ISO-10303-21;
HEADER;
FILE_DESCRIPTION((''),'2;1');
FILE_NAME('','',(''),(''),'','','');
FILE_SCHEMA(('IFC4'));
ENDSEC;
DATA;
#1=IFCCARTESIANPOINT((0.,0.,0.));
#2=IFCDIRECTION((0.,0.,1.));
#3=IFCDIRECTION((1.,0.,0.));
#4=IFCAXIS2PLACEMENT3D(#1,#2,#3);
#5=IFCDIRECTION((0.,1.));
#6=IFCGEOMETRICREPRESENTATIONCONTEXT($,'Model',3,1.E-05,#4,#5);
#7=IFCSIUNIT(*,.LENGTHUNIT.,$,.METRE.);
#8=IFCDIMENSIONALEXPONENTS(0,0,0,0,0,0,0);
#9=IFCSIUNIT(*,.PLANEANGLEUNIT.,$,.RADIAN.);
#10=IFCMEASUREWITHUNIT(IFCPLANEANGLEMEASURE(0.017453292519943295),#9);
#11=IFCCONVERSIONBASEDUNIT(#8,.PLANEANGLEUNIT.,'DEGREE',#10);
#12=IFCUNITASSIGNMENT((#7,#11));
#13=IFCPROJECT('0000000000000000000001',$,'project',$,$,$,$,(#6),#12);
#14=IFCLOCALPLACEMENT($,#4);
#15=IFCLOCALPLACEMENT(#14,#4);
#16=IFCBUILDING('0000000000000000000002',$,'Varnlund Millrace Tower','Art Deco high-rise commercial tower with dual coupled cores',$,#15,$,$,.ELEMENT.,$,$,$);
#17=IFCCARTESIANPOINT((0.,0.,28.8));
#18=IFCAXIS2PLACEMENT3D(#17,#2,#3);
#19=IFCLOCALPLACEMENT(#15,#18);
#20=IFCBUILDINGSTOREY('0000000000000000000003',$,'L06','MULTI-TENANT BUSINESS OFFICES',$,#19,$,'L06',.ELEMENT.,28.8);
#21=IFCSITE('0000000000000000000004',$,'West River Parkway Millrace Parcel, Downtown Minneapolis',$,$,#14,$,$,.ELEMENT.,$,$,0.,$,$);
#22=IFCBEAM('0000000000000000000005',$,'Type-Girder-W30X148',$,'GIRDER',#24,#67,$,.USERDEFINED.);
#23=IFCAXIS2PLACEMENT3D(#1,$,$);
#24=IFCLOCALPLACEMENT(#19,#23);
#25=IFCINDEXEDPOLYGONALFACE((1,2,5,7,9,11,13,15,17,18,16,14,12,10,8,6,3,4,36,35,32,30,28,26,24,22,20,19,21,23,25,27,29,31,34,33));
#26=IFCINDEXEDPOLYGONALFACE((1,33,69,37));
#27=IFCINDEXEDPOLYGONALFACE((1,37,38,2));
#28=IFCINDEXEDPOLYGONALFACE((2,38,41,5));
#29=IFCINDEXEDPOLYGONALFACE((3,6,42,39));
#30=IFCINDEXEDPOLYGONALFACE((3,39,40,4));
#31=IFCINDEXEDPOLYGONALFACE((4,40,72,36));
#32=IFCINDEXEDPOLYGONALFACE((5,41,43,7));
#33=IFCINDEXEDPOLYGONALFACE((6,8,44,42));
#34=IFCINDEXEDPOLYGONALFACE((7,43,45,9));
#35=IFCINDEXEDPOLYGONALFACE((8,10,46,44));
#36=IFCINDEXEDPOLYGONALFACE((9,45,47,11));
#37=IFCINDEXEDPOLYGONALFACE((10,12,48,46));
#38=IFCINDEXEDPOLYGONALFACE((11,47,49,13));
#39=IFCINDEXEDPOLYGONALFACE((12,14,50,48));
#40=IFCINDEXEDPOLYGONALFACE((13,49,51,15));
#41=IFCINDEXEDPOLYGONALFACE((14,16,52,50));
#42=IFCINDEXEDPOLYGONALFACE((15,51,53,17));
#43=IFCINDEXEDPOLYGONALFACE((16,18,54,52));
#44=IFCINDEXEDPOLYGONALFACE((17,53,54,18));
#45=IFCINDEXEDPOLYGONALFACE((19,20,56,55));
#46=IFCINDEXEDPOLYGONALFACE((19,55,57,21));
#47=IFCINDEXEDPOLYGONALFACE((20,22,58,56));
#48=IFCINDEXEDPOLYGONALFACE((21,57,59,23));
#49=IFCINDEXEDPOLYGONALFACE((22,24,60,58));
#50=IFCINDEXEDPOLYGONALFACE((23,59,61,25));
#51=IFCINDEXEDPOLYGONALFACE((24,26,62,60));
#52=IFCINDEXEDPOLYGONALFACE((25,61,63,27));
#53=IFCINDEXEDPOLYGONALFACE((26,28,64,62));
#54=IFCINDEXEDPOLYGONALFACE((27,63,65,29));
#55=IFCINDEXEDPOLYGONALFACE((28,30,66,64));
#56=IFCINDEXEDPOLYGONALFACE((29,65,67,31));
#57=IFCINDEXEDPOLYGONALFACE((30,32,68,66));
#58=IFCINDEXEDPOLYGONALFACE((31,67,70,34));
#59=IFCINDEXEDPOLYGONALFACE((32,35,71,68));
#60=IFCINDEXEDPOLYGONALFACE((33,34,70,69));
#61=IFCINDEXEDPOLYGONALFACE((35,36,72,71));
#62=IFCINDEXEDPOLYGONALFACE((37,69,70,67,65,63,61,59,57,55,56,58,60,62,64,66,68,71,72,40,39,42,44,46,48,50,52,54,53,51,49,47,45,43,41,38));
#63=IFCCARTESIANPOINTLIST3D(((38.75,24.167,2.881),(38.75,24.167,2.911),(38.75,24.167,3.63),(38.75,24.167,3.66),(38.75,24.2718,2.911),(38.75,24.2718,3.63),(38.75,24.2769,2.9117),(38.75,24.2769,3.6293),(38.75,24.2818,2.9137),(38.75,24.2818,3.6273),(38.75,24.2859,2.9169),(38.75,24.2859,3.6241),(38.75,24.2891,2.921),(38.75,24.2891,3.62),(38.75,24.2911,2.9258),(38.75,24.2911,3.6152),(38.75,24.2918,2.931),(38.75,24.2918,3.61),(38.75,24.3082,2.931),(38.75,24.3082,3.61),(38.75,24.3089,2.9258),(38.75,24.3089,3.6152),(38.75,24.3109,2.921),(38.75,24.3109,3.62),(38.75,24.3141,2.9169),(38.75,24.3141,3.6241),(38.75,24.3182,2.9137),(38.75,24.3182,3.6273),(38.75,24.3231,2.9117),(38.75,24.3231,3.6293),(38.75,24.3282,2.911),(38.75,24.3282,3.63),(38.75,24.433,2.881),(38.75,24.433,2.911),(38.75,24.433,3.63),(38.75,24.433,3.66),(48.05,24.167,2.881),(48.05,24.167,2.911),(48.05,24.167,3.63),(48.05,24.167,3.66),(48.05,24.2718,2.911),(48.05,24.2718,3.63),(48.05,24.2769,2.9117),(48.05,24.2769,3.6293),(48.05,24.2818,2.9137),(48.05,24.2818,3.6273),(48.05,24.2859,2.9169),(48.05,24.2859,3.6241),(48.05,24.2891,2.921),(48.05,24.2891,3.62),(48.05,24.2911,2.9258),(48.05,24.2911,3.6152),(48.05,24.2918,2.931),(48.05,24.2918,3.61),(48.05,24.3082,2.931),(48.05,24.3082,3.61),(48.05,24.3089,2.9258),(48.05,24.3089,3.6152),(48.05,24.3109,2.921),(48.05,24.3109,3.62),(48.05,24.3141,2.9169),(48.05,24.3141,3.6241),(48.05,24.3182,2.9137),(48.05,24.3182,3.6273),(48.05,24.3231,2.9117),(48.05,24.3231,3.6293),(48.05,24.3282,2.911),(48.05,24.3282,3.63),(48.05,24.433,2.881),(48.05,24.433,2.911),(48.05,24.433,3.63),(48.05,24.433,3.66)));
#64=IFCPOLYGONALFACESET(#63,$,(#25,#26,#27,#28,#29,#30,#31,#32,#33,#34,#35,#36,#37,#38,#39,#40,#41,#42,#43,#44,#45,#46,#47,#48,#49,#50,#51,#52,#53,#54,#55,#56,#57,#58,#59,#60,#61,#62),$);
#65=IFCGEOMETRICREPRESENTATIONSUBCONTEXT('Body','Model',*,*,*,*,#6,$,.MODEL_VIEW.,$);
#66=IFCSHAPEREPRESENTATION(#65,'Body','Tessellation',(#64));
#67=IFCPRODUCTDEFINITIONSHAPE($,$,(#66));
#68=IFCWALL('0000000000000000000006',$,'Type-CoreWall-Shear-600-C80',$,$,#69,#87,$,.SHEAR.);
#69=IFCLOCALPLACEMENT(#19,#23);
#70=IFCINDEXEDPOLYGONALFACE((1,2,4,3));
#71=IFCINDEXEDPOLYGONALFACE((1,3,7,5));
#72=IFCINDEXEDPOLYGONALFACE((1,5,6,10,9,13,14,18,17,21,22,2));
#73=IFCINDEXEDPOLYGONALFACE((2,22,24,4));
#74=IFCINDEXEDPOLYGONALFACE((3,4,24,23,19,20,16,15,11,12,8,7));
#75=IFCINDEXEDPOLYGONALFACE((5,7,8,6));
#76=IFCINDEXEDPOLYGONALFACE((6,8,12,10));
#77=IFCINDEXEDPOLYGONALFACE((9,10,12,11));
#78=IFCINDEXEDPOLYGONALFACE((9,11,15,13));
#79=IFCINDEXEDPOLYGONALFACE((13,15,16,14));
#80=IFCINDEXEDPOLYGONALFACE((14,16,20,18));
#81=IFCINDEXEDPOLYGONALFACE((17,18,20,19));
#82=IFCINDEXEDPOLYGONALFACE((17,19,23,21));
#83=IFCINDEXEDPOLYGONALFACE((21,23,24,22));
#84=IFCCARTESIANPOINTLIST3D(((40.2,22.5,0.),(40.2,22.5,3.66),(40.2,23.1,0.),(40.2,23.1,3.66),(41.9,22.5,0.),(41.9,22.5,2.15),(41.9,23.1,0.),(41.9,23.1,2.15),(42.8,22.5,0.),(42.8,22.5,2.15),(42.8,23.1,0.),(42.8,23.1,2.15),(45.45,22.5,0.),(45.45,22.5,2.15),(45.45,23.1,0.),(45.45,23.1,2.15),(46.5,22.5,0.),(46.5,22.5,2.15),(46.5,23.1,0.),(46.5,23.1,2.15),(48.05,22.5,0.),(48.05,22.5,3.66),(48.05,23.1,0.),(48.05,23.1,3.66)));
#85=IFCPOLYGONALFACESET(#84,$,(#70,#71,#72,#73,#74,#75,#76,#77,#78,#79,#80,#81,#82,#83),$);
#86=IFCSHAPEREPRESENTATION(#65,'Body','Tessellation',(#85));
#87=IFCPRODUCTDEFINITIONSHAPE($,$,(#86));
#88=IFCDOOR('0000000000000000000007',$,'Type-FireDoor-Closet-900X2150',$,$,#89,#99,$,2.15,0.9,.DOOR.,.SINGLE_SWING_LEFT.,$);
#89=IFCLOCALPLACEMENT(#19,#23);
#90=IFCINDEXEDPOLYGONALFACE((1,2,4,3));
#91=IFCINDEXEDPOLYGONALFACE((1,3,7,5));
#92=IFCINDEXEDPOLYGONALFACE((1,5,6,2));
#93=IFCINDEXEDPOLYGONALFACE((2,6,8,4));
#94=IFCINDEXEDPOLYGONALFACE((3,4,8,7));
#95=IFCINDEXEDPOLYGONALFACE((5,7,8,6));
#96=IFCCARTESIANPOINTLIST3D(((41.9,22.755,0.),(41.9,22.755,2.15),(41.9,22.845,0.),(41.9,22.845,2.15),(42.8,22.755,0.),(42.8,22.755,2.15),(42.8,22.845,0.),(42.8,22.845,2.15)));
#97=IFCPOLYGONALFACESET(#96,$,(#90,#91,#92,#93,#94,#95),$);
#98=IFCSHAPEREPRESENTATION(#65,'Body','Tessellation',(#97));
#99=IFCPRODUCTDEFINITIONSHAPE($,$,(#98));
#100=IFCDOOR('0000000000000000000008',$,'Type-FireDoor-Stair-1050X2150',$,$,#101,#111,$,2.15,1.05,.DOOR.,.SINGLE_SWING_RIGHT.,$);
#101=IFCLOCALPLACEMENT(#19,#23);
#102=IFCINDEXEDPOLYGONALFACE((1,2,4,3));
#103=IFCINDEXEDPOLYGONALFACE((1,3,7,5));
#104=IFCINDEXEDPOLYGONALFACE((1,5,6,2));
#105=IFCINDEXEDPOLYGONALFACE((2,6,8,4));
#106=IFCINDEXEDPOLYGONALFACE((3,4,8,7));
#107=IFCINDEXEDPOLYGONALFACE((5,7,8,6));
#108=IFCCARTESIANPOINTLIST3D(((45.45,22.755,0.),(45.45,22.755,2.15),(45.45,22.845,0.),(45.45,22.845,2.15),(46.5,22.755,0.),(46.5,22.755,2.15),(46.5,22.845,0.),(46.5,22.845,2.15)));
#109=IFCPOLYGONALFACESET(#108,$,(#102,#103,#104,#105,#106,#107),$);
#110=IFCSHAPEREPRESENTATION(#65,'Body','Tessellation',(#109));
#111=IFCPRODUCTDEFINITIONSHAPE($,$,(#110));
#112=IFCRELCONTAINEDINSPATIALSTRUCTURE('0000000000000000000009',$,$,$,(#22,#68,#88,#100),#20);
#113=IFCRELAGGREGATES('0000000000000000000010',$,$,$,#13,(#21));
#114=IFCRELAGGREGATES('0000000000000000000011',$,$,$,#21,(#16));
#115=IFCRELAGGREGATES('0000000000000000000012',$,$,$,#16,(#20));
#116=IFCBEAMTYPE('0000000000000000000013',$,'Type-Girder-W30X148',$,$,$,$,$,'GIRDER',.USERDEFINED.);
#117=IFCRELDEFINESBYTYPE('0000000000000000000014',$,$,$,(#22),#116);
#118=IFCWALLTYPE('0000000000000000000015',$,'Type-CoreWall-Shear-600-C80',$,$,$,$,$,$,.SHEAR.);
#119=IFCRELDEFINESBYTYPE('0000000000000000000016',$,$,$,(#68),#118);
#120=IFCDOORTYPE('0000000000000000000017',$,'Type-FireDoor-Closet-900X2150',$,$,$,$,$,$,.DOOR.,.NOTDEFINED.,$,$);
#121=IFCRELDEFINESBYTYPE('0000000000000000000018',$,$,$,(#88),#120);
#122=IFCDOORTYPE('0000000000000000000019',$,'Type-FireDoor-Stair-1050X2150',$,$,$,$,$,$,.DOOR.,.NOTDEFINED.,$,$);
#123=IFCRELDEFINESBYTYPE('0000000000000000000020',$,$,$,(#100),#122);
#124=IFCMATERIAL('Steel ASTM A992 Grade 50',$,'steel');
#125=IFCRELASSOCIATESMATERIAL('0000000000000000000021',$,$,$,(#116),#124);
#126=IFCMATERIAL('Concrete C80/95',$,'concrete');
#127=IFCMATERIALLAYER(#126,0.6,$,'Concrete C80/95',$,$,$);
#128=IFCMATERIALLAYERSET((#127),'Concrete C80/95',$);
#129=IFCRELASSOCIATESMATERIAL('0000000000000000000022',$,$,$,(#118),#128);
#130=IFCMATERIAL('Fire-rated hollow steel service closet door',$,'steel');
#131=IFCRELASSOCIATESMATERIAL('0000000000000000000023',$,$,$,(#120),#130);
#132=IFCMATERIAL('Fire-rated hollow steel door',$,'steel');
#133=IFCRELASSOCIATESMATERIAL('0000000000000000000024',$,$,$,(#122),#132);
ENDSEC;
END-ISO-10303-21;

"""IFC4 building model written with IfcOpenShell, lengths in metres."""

from ifc_helpers import new_model, entity, si_unit, converted_unit, direction, frame, origin_with_axes, origin_2d_with_axis, place, context, subcontext, project, spatial, polyline, rectangle, i_section, outline, extrude, material, layer, layer_set, material_profile, profile_set, type_object, element, fill, save


model = new_model("IFC4")

# Units and contexts
model_context = context("Model", 3, precision=1e-05, world=origin_with_axes(), true_north=direction((0.0, 1.0)))
body_context = subcontext(model_context, "Body", "Model", "MODEL_VIEW")
ifc_project = project(units=[si_unit("LENGTHUNIT", "METRE"), converted_unit("PLANEANGLEUNIT", "DEGREE", entity("IfcPlaneAngleMeasure", 0.017453292519943295), si_unit("PLANEANGLEUNIT", "RADIAN"), dimensions=[0, 0, 0, 0, 0, 0, 0])], contexts=[model_context])

# Site, building, storey
site_placement = place(None, origin_with_axes())
site = spatial("IfcSite", under=ifc_project, at=site_placement, Name="West River Parkway Millrace Parcel, Downtown Minneapolis", CompositionType="ELEMENT", RefElevation=0.0)
building_placement = place(site_placement, origin_with_axes())
building = spatial("IfcBuilding", under=site, at=building_placement, Name="Varnlund Millrace Tower", Description="Art Deco high-rise commercial tower with dual coupled cores", CompositionType="ELEMENT")
storey_placement = place(building_placement, frame((0.0, 0.0, 28.8), z_axis=(0.0, 0.0, 1.0), x_axis=(1.0, 0.0, 0.0)))
storey = spatial("IfcBuildingStorey", under=building, at=storey_placement, Name="L06", Description="MULTI-TENANT BUSINESS OFFICES", LongName="L06", CompositionType="ELEMENT", Elevation=28.8)

# Shared definitions
ifc_material_1 = material(Name="Concrete C80/95", Category="concrete")

# Beam
ifc_material_2 = material(Name="Steel ASTM A992 Grade 50", Category="steel")
ifc_material_profile_1 = material_profile(ifc_material_2, i_section(OverallWidth=0.266, OverallDepth=0.779, WebThickness=0.0165, FlangeThickness=0.03, FilletRadius=0.02, at=origin_2d_with_axis()), Name="Steel ASTM A992 Grade 50")
ifc_profile_set_1 = profile_set([ifc_material_profile_1], Name="Steel ASTM A992 Grade 50")
beam_type_1 = type_object("IfcBeamType", Name="Type-Girder-W30X148", ElementType="GIRDER", PredefinedType="USERDEFINED", material=ifc_profile_set_1)
beam_1_placement = place(storey_placement, frame((38.75, 24.3, 3.2705), z_axis=(1.0, 0.0, 0.0), x_axis=(0.0, 1.0, 0.0)))
element("IfcBeam", 1, at=beam_1_placement, inside=storey, type_object=beam_type_1, Name="Type-Girder-W30X148", ObjectType="GIRDER", PredefinedType="USERDEFINED", context=body_context, shape_type="SweptSolid", body=[
    extrude(i_section(OverallWidth=0.266, OverallDepth=0.779, WebThickness=0.0165, FlangeThickness=0.03, FilletRadius=0.02, at=origin_2d_with_axis()), origin_with_axes(), (0.0, 0.0, 1.0), 9.3),
])

# Wall, openings, doors
ifc_layer_1 = layer(ifc_material_1, 0.6, Name="Concrete C80/95")
ifc_layer_set_1 = layer_set([ifc_layer_1], Name="Concrete C80/95")
wall_type_1 = type_object("IfcWallType", Name="Type-CoreWall-Shear-600-C80", PredefinedType="SHEAR", material=ifc_layer_set_1)
wall_1_placement = place(storey_placement, frame((40.2, 22.8, 0.0), z_axis=(0.0, 0.0, 1.0), x_axis=(1.0, 0.0, 0.0)))
wall_1 = element("IfcWall", 2, at=wall_1_placement, inside=storey, type_object=wall_type_1, Name="Type-CoreWall-Shear-600-C80", PredefinedType="SHEAR", context=body_context, shape_type="SweptSolid", body=[
    extrude(outline(polyline([(0.0, -0.3), (7.85, -0.3), (7.85, 0.3), (0.0, 0.3), (0.0, -0.3)])), origin_with_axes(), (0.0, 0.0, 1.0), 3.66),
])
opening_1_placement = place(wall_1_placement, frame((5.775, 0.0, 0.0), z_axis=(0.0, 0.0, 1.0), x_axis=(1.0, 0.0, 0.0)))
opening_1 = element("IfcOpeningElement", 3, at=opening_1_placement, cuts=wall_1, PredefinedType="OPENING", context=body_context, shape_type="SweptSolid", body=[
    extrude(rectangle(XDim=1.05, YDim=0.62, at=origin_2d_with_axis()), origin_with_axes(), (0.0, 0.0, 1.0), 2.15),
])
opening_2_placement = place(wall_1_placement, frame((2.15, 0.0, 0.0), z_axis=(0.0, 0.0, 1.0), x_axis=(1.0, 0.0, 0.0)))
opening_2 = element("IfcOpeningElement", 4, at=opening_2_placement, cuts=wall_1, PredefinedType="OPENING", context=body_context, shape_type="SweptSolid", body=[
    extrude(rectangle(XDim=0.9, YDim=0.62, at=origin_2d_with_axis()), origin_with_axes(), (0.0, 0.0, 1.0), 2.15),
])
ifc_material_3 = material(Name="Fire-rated hollow steel service closet door", Category="steel")
door_type_1 = type_object("IfcDoorType", Name="Type-FireDoor-Closet-900X2150", OperationType="NOTDEFINED", PredefinedType="DOOR", material=ifc_material_3)
door_1_placement = place(wall_1_placement, frame((2.15, 0.0, 0.0), z_axis=(0.0, 0.0, 1.0), x_axis=(1.0, 0.0, 0.0)))
door_1 = element("IfcDoor", 5, at=door_1_placement, inside=storey, type_object=door_type_1, Name="Type-FireDoor-Closet-900X2150", OperationType="SINGLE_SWING_LEFT", OverallHeight=2.15, OverallWidth=0.9, PredefinedType="DOOR", context=body_context, shape_type="SweptSolid", body=[
    extrude(rectangle(XDim=0.9, YDim=0.09, at=origin_2d_with_axis()), origin_with_axes(), (0.0, 0.0, 1.0), 2.15),
])
fill(opening_2, door_1)
ifc_material_4 = material(Name="Fire-rated hollow steel door", Category="steel")
door_type_2 = type_object("IfcDoorType", Name="Type-FireDoor-Stair-1050X2150", OperationType="NOTDEFINED", PredefinedType="DOOR", material=ifc_material_4)
door_2_placement = place(wall_1_placement, frame((5.775, 0.0, 0.0), z_axis=(0.0, 0.0, 1.0), x_axis=(1.0, 0.0, 0.0)))
door_2 = element("IfcDoor", 6, at=door_2_placement, inside=storey, type_object=door_type_2, Name="Type-FireDoor-Stair-1050X2150", OperationType="SINGLE_SWING_RIGHT", OverallHeight=2.15, OverallWidth=1.05, PredefinedType="DOOR", context=body_context, shape_type="SweptSolid", body=[
    extrude(rectangle(XDim=1.05, YDim=0.09, at=origin_2d_with_axis()), origin_with_axes(), (0.0, 0.0, 1.0), 2.15),
])
fill(opening_1, door_2)

save(model, "model.ifc")
